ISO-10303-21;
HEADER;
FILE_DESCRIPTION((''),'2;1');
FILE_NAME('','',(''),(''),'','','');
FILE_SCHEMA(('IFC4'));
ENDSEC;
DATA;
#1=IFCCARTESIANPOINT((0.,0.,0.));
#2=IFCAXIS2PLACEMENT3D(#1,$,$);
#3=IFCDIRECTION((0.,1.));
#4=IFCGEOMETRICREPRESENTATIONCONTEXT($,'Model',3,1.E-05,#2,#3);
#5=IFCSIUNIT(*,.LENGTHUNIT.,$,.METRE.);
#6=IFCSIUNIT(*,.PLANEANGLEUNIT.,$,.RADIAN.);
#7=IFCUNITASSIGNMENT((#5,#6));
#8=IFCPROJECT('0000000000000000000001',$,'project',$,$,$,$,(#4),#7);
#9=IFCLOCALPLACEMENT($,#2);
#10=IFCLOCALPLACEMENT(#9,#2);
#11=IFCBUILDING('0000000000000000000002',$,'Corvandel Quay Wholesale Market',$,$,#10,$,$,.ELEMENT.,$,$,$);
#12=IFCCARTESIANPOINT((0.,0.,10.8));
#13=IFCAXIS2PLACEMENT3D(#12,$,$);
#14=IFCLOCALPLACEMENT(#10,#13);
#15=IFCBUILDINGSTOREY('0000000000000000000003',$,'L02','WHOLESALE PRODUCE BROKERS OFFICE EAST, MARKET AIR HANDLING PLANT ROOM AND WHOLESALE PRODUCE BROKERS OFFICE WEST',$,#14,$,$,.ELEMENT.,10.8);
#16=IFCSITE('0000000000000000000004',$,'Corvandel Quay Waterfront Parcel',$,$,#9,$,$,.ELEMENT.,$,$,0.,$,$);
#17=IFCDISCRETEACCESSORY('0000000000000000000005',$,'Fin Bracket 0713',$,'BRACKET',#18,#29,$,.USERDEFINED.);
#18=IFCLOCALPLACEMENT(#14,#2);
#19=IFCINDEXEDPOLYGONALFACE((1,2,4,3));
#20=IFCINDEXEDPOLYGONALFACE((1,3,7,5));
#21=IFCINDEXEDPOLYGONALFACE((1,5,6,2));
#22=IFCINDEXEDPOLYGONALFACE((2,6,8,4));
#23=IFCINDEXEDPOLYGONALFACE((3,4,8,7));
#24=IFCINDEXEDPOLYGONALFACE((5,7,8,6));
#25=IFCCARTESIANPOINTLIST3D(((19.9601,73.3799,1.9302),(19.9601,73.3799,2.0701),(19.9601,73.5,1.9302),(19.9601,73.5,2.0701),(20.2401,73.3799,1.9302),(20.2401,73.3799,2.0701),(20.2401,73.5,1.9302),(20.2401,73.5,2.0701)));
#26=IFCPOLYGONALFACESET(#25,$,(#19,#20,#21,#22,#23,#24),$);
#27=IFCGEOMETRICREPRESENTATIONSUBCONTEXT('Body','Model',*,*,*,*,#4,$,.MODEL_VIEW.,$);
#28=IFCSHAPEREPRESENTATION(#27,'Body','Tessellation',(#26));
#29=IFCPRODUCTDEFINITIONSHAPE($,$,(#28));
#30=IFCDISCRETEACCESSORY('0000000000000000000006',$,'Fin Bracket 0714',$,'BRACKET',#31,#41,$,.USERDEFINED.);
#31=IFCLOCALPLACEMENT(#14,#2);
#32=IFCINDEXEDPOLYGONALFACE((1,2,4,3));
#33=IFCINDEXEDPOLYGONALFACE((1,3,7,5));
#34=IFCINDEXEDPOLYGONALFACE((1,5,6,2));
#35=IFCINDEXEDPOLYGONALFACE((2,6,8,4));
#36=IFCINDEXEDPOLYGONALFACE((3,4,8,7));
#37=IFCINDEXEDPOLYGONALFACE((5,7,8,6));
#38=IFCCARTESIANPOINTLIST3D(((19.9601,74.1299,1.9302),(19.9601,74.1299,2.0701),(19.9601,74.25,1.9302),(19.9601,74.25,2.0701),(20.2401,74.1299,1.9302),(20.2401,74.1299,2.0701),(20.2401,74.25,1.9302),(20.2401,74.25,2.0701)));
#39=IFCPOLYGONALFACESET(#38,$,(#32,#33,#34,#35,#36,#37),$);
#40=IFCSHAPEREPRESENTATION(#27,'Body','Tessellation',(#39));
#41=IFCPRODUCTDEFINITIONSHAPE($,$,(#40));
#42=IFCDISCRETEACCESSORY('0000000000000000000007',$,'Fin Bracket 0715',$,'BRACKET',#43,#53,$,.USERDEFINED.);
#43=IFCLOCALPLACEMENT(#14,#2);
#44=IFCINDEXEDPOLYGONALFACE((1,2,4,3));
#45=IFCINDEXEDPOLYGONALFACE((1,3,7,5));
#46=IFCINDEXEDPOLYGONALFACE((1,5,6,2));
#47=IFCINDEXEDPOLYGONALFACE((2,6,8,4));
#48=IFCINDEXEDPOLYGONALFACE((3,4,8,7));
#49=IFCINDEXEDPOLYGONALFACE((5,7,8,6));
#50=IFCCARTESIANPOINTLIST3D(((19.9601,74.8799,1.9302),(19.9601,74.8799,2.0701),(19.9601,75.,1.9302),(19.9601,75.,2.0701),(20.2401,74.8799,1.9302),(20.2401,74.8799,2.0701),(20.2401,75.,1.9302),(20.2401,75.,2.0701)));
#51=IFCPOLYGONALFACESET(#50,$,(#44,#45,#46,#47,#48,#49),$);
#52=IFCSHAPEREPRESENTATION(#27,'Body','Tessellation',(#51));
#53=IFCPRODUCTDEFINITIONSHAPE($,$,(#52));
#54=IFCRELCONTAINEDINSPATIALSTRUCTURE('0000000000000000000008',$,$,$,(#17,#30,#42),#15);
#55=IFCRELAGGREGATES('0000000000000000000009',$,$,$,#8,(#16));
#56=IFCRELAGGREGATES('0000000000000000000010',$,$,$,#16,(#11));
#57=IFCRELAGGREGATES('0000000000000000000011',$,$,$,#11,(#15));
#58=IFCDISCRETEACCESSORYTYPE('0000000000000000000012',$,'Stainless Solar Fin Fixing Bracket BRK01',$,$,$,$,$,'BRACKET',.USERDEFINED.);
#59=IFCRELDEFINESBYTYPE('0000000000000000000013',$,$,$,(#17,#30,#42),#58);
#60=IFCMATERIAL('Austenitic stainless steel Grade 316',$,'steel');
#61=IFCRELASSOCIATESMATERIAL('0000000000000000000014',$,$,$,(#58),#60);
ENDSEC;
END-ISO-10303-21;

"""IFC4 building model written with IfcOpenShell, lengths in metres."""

from ifc_helpers import new_model, si_unit, direction, frame, origin, origin_2d, place, context, subcontext, project, spatial, rectangle, extrude, material, type_object, element, save


model = new_model("IFC4")

# Units and contexts
model_context = context("Model", 3, precision=1e-05, world=origin(), true_north=direction((0.0, 1.0)))
body_context = subcontext(model_context, "Body", "Model", "MODEL_VIEW")
ifc_project = project(units=[si_unit("LENGTHUNIT", "METRE"), si_unit("PLANEANGLEUNIT", "RADIAN")], contexts=[model_context])

# Site, building, storey
site_placement = place(None, origin())
site = spatial("IfcSite", under=ifc_project, at=site_placement, Name="Corvandel Quay Waterfront Parcel", CompositionType="ELEMENT", RefElevation=0.0)
building_placement = place(site_placement, origin())
building = spatial("IfcBuilding", under=site, at=building_placement, Name="Corvandel Quay Wholesale Market", CompositionType="ELEMENT")
storey_placement = place(building_placement, frame((0.0, 0.0, 10.8)))
storey = spatial("IfcBuildingStorey", under=building, at=storey_placement, Name="L02", Description="WHOLESALE PRODUCE BROKERS OFFICE EAST, MARKET AIR HANDLING PLANT ROOM AND WHOLESALE PRODUCE BROKERS OFFICE WEST", CompositionType="ELEMENT", Elevation=10.8)

# Discrete accessories
ifc_material_1 = material(Name="Austenitic stainless steel Grade 316", Category="steel")
discrete_accessory_type = type_object("IfcDiscreteAccessoryType", Name="Stainless Solar Fin Fixing Bracket BRK01", ElementType="BRACKET", PredefinedType="USERDEFINED", material=ifc_material_1)
for number, where, z_axis, x_axis, name in (
    (1, (20.1001, 73.4399, 1.9302), (0.0, 0.0, 1.0), (1.0, 0.0, 0.0), "Fin Bracket 0713"),
    (2, (20.1001, 74.1899, 1.9302), (0.0, 0.0, 1.0), (1.0, 0.0, 0.0), "Fin Bracket 0714"),
    (3, (20.1001, 74.9399, 1.9302), (0.0, 0.0, 1.0), (1.0, 0.0, 0.0), "Fin Bracket 0715"),
):
    element("IfcDiscreteAccessory", number, at=place(storey_placement, frame(where, z_axis=z_axis, x_axis=x_axis)), inside=storey, type_object=discrete_accessory_type, Name=name, ObjectType="BRACKET", PredefinedType="USERDEFINED", context=body_context, shape_type="SweptSolid", body=[
        extrude(rectangle(XDim=0.28, YDim=0.1201, at=origin_2d()), origin(), (0.0, 0.0, 1.0), 0.1399),
    ])

save(model, "model.ifc")
